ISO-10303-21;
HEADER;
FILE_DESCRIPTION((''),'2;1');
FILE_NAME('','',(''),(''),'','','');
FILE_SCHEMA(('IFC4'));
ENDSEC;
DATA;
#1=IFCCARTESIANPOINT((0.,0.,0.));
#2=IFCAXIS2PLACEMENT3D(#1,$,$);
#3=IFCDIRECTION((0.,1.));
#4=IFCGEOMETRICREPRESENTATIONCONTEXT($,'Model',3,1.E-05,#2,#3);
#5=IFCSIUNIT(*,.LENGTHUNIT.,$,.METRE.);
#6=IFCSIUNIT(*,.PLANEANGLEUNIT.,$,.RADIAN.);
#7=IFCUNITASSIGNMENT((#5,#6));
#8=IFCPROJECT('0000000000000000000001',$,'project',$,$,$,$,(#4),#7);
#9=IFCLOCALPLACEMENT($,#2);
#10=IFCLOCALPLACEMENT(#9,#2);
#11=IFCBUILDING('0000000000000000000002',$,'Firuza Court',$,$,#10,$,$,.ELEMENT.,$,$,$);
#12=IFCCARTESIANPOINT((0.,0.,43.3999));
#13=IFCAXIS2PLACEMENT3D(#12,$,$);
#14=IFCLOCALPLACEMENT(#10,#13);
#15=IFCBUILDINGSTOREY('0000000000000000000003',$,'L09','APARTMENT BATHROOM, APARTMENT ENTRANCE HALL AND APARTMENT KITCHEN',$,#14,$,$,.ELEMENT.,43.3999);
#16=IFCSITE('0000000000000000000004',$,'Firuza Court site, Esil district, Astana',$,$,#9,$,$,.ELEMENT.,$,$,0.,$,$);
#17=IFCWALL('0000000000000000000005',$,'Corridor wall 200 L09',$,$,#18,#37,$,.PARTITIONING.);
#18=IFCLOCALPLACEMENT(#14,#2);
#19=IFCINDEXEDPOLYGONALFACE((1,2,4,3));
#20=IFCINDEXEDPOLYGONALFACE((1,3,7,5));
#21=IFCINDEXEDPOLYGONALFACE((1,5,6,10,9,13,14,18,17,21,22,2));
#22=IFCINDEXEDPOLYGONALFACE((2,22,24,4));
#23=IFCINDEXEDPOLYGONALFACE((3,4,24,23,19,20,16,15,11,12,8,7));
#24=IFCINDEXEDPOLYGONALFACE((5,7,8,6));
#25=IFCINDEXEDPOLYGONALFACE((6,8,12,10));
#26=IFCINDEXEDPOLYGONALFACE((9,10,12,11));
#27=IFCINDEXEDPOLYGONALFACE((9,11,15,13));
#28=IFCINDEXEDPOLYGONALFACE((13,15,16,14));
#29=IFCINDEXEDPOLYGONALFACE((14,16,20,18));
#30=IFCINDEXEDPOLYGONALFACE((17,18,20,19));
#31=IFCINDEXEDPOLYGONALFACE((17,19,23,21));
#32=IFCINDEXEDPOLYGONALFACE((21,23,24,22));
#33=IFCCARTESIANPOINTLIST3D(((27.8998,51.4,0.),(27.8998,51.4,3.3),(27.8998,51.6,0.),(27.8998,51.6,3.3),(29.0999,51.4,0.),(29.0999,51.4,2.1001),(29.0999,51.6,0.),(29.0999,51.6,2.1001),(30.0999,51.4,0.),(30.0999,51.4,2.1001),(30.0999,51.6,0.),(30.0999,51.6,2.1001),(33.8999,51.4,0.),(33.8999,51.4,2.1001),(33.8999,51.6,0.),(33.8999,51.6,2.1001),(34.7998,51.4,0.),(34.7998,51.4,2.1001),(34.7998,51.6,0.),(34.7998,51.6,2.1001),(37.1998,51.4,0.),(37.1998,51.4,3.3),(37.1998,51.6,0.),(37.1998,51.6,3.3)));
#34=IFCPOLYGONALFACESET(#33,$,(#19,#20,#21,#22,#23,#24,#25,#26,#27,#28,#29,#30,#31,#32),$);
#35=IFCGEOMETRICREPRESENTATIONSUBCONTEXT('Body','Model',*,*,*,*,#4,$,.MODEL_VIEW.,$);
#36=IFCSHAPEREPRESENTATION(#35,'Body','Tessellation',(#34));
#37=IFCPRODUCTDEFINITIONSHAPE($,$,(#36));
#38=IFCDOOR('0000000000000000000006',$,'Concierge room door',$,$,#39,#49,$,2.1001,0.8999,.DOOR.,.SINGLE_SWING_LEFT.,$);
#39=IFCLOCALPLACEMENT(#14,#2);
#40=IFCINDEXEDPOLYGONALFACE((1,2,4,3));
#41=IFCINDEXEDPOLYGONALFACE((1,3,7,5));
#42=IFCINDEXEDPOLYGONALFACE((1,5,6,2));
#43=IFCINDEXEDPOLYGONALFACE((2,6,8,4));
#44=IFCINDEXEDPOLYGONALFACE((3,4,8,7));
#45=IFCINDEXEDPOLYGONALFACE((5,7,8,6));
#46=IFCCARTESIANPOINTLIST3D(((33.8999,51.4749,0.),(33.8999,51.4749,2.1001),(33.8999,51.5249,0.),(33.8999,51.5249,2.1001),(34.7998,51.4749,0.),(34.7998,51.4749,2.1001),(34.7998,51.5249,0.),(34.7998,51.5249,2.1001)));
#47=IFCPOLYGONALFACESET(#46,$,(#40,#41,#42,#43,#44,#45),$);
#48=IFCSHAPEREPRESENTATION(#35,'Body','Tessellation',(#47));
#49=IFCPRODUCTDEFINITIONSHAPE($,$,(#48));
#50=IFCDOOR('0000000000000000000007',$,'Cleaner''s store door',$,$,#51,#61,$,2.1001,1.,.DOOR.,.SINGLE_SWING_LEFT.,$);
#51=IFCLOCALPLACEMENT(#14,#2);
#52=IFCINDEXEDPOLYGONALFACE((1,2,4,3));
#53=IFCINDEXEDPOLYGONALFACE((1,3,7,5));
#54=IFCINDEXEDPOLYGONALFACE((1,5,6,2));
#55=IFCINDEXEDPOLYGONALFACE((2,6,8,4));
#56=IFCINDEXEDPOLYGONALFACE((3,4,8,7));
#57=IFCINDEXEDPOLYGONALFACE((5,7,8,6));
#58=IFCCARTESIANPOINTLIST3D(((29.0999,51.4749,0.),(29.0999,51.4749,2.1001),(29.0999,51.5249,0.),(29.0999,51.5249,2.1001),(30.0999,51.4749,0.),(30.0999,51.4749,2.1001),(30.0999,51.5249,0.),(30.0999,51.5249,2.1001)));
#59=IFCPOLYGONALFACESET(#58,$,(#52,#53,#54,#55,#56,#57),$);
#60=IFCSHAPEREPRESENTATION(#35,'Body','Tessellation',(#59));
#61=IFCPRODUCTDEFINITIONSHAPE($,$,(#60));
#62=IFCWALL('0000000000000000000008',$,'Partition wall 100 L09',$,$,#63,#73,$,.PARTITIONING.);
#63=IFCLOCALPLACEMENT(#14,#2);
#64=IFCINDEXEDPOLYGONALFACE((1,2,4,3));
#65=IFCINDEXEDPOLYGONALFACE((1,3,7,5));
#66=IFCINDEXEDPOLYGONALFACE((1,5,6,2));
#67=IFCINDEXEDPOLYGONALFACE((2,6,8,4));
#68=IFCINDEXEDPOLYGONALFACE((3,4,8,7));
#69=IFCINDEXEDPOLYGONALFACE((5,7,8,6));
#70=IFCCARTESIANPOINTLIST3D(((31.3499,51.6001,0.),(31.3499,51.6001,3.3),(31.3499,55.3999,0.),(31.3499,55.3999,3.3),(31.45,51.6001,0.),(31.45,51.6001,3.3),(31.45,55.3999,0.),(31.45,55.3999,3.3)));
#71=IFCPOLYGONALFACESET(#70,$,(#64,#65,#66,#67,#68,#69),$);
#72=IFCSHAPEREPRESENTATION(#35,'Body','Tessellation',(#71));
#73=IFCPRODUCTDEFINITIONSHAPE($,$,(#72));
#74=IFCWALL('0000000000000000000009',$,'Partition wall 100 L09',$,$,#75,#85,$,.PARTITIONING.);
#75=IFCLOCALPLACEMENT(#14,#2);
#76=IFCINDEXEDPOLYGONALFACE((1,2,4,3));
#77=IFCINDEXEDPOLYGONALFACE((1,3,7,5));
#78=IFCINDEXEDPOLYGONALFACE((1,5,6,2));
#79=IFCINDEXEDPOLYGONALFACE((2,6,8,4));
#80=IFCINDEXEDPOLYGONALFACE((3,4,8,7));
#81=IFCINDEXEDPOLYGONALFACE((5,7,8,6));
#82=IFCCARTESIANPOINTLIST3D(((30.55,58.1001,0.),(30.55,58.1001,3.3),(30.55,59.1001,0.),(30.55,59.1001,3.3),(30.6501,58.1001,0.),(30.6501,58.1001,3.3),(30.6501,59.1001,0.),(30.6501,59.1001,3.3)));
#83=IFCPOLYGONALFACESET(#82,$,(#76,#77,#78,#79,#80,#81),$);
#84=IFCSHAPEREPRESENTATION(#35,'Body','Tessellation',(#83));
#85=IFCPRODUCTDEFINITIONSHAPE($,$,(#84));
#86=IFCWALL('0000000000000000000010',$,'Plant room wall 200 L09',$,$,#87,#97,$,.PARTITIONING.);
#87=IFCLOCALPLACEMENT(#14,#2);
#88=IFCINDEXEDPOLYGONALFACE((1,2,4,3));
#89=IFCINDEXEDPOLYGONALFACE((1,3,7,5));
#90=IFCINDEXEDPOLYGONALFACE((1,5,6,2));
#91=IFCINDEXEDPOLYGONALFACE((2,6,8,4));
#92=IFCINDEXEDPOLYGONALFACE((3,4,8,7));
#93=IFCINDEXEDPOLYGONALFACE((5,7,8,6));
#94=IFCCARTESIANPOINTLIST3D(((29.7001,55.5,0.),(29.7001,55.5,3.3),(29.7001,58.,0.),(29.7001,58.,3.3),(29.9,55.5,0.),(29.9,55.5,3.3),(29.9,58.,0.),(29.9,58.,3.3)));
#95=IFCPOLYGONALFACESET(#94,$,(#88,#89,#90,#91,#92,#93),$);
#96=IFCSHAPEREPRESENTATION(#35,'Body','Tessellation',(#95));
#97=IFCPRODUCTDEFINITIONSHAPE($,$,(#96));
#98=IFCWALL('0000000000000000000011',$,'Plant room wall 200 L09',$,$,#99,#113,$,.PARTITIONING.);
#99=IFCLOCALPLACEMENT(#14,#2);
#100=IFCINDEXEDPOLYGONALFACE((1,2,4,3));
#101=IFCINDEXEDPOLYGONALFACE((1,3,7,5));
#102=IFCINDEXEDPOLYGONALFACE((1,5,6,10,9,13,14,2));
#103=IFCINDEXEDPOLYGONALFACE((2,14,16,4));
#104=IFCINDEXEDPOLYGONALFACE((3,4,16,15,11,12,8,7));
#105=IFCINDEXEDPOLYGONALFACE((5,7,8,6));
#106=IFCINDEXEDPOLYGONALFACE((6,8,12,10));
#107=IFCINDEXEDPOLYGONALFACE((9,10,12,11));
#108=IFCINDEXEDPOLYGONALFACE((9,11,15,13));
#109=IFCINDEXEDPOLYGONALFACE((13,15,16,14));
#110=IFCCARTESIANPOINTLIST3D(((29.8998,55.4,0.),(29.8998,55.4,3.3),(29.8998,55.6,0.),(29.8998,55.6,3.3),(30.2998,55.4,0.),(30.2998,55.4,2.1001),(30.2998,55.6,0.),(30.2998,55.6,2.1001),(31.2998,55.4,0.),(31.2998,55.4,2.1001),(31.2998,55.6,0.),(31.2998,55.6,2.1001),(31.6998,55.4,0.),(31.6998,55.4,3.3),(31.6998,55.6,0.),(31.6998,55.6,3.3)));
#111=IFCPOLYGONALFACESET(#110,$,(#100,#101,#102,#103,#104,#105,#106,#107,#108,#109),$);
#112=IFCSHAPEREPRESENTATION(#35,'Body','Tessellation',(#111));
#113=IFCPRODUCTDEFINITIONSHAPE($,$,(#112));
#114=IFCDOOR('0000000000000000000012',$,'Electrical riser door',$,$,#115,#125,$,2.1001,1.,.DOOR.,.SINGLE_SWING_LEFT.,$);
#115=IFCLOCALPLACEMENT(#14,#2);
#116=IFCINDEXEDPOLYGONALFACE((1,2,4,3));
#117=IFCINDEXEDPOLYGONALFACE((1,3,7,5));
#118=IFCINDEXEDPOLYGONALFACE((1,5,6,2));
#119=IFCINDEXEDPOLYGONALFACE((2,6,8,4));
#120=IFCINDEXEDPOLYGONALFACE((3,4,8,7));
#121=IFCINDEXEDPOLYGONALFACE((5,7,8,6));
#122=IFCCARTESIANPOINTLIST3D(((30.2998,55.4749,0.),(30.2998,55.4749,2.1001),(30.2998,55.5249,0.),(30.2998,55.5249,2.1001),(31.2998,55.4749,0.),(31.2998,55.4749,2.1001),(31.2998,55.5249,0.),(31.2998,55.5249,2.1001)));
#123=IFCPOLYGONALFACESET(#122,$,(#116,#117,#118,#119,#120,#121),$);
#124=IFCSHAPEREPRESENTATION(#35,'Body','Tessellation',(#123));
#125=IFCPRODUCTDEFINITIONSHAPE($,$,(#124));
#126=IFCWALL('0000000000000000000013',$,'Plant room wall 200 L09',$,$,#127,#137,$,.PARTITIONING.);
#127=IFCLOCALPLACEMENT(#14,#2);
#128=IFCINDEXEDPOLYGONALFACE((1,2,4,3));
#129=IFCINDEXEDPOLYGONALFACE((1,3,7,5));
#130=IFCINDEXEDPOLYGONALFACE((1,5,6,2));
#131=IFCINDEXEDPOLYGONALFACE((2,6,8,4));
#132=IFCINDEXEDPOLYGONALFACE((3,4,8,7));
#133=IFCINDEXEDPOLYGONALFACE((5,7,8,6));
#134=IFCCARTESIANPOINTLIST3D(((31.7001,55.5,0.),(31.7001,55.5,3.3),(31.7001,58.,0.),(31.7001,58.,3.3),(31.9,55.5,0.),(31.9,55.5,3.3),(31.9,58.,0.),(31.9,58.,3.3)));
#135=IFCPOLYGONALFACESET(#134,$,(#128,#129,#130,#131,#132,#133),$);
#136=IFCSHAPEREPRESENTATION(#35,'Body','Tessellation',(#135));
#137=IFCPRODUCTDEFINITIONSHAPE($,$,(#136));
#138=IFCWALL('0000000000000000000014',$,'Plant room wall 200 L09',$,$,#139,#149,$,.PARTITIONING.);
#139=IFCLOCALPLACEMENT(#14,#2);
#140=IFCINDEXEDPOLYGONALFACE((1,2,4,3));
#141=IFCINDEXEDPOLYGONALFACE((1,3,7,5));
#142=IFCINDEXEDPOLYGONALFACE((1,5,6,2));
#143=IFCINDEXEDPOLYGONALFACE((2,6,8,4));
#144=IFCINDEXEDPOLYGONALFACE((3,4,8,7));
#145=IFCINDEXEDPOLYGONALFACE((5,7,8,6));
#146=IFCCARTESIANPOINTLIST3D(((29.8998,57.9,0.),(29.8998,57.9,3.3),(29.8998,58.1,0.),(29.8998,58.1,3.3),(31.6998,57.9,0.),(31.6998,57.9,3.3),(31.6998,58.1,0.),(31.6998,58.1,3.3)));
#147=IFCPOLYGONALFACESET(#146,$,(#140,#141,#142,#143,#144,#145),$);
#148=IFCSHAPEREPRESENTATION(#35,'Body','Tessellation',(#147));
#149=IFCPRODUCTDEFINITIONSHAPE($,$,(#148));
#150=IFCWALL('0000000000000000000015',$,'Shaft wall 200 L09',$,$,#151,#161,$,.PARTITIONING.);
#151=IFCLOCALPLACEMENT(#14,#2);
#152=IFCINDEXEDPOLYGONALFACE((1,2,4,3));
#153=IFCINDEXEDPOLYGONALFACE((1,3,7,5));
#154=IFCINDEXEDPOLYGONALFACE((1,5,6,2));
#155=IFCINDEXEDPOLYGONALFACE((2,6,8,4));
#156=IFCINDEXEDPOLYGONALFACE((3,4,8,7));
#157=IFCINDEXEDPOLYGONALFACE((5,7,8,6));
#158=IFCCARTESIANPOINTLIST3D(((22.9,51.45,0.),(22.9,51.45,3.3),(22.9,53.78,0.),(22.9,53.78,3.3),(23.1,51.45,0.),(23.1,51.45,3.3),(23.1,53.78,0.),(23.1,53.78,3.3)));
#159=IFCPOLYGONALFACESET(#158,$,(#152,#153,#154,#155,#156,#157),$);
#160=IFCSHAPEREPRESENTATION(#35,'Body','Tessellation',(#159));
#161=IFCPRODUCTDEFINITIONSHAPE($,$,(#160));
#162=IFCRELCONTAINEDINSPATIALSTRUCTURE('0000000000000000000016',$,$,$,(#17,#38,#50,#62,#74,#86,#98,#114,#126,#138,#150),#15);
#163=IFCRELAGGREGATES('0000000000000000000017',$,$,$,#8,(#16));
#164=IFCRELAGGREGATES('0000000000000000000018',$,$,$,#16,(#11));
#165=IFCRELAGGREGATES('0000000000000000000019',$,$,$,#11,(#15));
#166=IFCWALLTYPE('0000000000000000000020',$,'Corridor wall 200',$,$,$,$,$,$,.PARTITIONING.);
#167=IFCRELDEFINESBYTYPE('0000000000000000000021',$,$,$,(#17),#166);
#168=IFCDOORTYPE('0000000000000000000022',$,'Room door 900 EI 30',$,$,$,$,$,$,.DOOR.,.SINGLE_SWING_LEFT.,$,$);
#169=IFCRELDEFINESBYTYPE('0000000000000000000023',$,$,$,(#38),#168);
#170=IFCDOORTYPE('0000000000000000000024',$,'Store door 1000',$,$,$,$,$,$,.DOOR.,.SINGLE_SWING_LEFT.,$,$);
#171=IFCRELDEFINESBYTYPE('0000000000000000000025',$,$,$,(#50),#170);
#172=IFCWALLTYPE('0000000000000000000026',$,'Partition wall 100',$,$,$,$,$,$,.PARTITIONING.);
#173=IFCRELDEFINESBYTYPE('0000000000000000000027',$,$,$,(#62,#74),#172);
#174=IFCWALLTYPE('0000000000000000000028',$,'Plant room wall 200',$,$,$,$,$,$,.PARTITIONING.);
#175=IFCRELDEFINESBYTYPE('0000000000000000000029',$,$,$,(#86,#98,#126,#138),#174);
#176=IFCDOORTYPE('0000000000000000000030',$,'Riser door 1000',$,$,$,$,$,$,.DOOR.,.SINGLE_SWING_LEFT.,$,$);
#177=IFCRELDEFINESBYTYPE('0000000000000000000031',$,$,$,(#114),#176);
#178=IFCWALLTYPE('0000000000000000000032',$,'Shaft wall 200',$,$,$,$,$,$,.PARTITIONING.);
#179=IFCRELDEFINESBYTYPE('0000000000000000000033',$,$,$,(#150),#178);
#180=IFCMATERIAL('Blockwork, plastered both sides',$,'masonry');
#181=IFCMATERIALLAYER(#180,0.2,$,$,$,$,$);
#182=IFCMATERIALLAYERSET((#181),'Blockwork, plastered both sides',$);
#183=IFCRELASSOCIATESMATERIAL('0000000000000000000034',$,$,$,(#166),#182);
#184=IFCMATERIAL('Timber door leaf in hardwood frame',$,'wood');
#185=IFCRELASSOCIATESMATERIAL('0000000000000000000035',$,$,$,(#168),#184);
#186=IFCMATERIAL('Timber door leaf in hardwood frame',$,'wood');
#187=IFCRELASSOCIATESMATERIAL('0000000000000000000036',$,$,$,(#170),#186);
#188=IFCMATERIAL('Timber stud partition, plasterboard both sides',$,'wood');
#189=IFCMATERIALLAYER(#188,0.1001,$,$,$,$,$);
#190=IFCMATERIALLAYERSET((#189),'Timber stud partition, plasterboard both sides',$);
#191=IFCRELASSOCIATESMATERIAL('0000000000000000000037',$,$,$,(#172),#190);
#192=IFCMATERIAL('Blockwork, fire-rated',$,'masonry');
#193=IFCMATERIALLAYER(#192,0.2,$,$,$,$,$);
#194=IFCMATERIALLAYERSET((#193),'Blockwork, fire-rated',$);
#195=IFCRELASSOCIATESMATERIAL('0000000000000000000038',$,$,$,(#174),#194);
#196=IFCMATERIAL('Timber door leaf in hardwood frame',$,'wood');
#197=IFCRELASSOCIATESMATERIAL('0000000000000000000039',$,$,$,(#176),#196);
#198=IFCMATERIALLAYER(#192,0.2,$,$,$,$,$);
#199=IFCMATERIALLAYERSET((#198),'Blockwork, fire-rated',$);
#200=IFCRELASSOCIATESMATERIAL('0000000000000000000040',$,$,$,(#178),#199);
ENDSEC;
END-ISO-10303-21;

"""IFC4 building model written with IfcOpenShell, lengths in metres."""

from ifc_helpers import new_model, si_unit, direction, frame, frame_2d, origin, place, context, subcontext, project, spatial, rectangle, extrude, material, layer, layer_set, type_object, element, fill, save


model = new_model("IFC4")

# Units and contexts
model_context = context("Model", 3, precision=1e-05, world=origin(), true_north=direction((0.0, 1.0)))
body_context = subcontext(model_context, "Body", "Model", "MODEL_VIEW")
ifc_project = project(units=[si_unit("LENGTHUNIT", "METRE"), si_unit("PLANEANGLEUNIT", "RADIAN")], contexts=[model_context])

# Site, building, storey
site_placement = place(None, origin())
site = spatial("IfcSite", under=ifc_project, at=site_placement, Name="Firuza Court site, Esil district, Astana", CompositionType="ELEMENT", RefElevation=0.0)
building_placement = place(site_placement, origin())
building = spatial("IfcBuilding", under=site, at=building_placement, Name="Firuza Court", CompositionType="ELEMENT")
storey_placement = place(building_placement, frame((0.0, 0.0, 43.3999)))
storey = spatial("IfcBuildingStorey", under=building, at=storey_placement, Name="L09", Description="APARTMENT BATHROOM, APARTMENT ENTRANCE HALL AND APARTMENT KITCHEN", CompositionType="ELEMENT", Elevation=43.3999)

# Wall, openings, doors
ifc_material_1 = material(Name="Blockwork, plastered both sides", Category="masonry")
ifc_layer_1 = layer(ifc_material_1, 0.2)
ifc_layer_set_1 = layer_set([ifc_layer_1], Name="Blockwork, plastered both sides")
wall_type_1 = type_object("IfcWallType", Name="Corridor wall 200", PredefinedType="PARTITIONING", material=ifc_layer_set_1)
wall_1_placement = place(storey_placement, frame((27.8999, 51.5, 0.0), z_axis=(0.0, 0.0, 1.0), x_axis=(1.0, 0.0, 0.0)))
wall_1 = element("IfcWall", 1, at=wall_1_placement, inside=storey, type_object=wall_type_1, Name="Corridor wall 200 L09", PredefinedType="PARTITIONING", context=body_context, shape_type="SweptSolid", body=[
    extrude(rectangle(XDim=9.3, YDim=0.2, at=frame_2d((4.6499, 0.0))), origin(), (0.0, 0.0, 1.0), 3.3),
])
opening_1_placement = place(wall_1_placement, frame((1.2, 0.0, 0.0)))
opening_1 = element("IfcOpeningElement", 2, at=opening_1_placement, cuts=wall_1, PredefinedType="OPENING", context=body_context, shape_type="SweptSolid", body=[
    extrude(rectangle(XDim=1.0, YDim=2.1001, at=frame_2d((0.5, 1.05))), frame((0.0, 0.1118, 0.0), z_axis=(0.0, -1.0, 0.0), x_axis=(1.0, 0.0, 0.0)), (0.0, 0.0, 1.0), 0.2239),
])
opening_2_placement = place(wall_1_placement, frame((6.0, 0.0, 0.0)))
opening_2 = element("IfcOpeningElement", 3, at=opening_2_placement, cuts=wall_1, PredefinedType="OPENING", context=body_context, shape_type="SweptSolid", body=[
    extrude(rectangle(XDim=0.8999, YDim=2.1001, at=frame_2d((0.45, 1.05))), frame((0.0, 0.1118, 0.0), z_axis=(0.0, -1.0, 0.0), x_axis=(1.0, 0.0, 0.0)), (0.0, 0.0, 1.0), 0.2239),
])
ifc_material_2 = material(Name="Timber door leaf in hardwood frame", Category="wood")
door_type_1 = type_object("IfcDoorType", Name="Room door 900 EI 30", OperationType="SINGLE_SWING_LEFT", PredefinedType="DOOR", material=ifc_material_2)
door_1_placement = place(opening_2_placement, origin())
door_1 = element("IfcDoor", 4, at=door_1_placement, inside=storey, type_object=door_type_1, Name="Concierge room door", OperationType="SINGLE_SWING_LEFT", OverallHeight=2.1001, OverallWidth=0.8999, PredefinedType="DOOR", context=body_context, shape_type="SweptSolid", body=[
    extrude(rectangle(XDim=0.8999, YDim=2.1001, at=frame_2d((0.45, 1.05))), frame((0.0, 0.0249, 0.0), z_axis=(0.0, -1.0, 0.0), x_axis=(1.0, 0.0, 0.0)), (0.0, 0.0, 1.0), 0.05),
])
fill(opening_2, door_1)
ifc_material_3 = material(Name="Timber door leaf in hardwood frame", Category="wood")
door_type_2 = type_object("IfcDoorType", Name="Store door 1000", OperationType="SINGLE_SWING_LEFT", PredefinedType="DOOR", material=ifc_material_3)
door_2_placement = place(opening_1_placement, origin())
door_2 = element("IfcDoor", 5, at=door_2_placement, inside=storey, type_object=door_type_2, Name="Cleaner's store door", OperationType="SINGLE_SWING_LEFT", OverallHeight=2.1001, OverallWidth=1.0, PredefinedType="DOOR", context=body_context, shape_type="SweptSolid", body=[
    extrude(rectangle(XDim=1.0, YDim=2.1001, at=frame_2d((0.5, 1.05))), frame((0.0, 0.0249, 0.0), z_axis=(0.0, -1.0, 0.0), x_axis=(1.0, 0.0, 0.0)), (0.0, 0.0, 1.0), 0.05),
])
fill(opening_1, door_2)

# Walls
ifc_material_4 = material(Name="Timber stud partition, plasterboard both sides", Category="wood")
ifc_layer_2 = layer(ifc_material_4, 0.1001)
ifc_layer_set_2 = layer_set([ifc_layer_2], Name="Timber stud partition, plasterboard both sides")
wall_type_2 = type_object("IfcWallType", Name="Partition wall 100", PredefinedType="PARTITIONING", material=ifc_layer_set_2)
wall_2_placement = place(storey_placement, frame((31.3999, 51.6001, 0.0), z_axis=(0.0, 0.0, 1.0), x_axis=(0.0, 1.0, 0.0)))
element("IfcWall", 6, at=wall_2_placement, inside=storey, type_object=wall_type_2, Name="Partition wall 100 L09", PredefinedType="PARTITIONING", context=body_context, shape_type="SweptSolid", body=[
    extrude(rectangle(XDim=3.7998, YDim=0.1001, at=frame_2d((1.8999, 0.0))), origin(), (0.0, 0.0, 1.0), 3.3),
])
wall_3_placement = place(storey_placement, frame((30.6001, 58.1001, 0.0), z_axis=(0.0, 0.0, 1.0), x_axis=(0.0, 1.0, 0.0)))
element("IfcWall", 7, at=wall_3_placement, inside=storey, type_object=wall_type_2, Name="Partition wall 100 L09", PredefinedType="PARTITIONING", context=body_context, shape_type="SweptSolid", body=[
    extrude(rectangle(XDim=1.0, YDim=0.1001, at=frame_2d((0.5, 0.0))), origin(), (0.0, 0.0, 1.0), 3.3),
])
ifc_material_5 = material(Name="Blockwork, fire-rated", Category="masonry")
ifc_layer_3 = layer(ifc_material_5, 0.2)
ifc_layer_set_3 = layer_set([ifc_layer_3], Name="Blockwork, fire-rated")
wall_type_3 = type_object("IfcWallType", Name="Plant room wall 200", PredefinedType="PARTITIONING", material=ifc_layer_set_3)
wall_4_placement = place(storey_placement, frame((29.8, 55.5, 0.0), z_axis=(0.0, 0.0, 1.0), x_axis=(0.0, 1.0, 0.0)))
element("IfcWall", 8, at=wall_4_placement, inside=storey, type_object=wall_type_3, Name="Plant room wall 200 L09", PredefinedType="PARTITIONING", context=body_context, shape_type="SweptSolid", body=[
    extrude(rectangle(XDim=2.5, YDim=0.2, at=frame_2d((1.25, 0.0))), origin(), (0.0, 0.0, 1.0), 3.3),
])

# Wall, opening, door
wall_5_placement = place(storey_placement, frame((29.8999, 55.5, 0.0), z_axis=(0.0, 0.0, 1.0), x_axis=(1.0, 0.0, 0.0)))
wall_5 = element("IfcWall", 9, at=wall_5_placement, inside=storey, type_object=wall_type_3, Name="Plant room wall 200 L09", PredefinedType="PARTITIONING", context=body_context, shape_type="SweptSolid", body=[
    extrude(rectangle(XDim=1.8, YDim=0.2, at=frame_2d((0.8999, 0.0))), origin(), (0.0, 0.0, 1.0), 3.3),
])
opening_3_placement = place(wall_5_placement, frame((0.3999, 0.0, 0.0)))
opening_3 = element("IfcOpeningElement", 10, at=opening_3_placement, cuts=wall_5, PredefinedType="OPENING", context=body_context, shape_type="SweptSolid", body=[
    extrude(rectangle(XDim=1.0, YDim=2.1001, at=frame_2d((0.5, 1.05))), frame((0.0, 0.1118, 0.0), z_axis=(0.0, -1.0, 0.0), x_axis=(1.0, 0.0, 0.0)), (0.0, 0.0, 1.0), 0.2239),
])
ifc_material_6 = material(Name="Timber door leaf in hardwood frame", Category="wood")
door_type_3 = type_object("IfcDoorType", Name="Riser door 1000", OperationType="SINGLE_SWING_LEFT", PredefinedType="DOOR", material=ifc_material_6)
door_3_placement = place(opening_3_placement, origin())
door_3 = element("IfcDoor", 11, at=door_3_placement, inside=storey, type_object=door_type_3, Name="Electrical riser door", OperationType="SINGLE_SWING_LEFT", OverallHeight=2.1001, OverallWidth=1.0, PredefinedType="DOOR", context=body_context, shape_type="SweptSolid", body=[
    extrude(rectangle(XDim=1.0, YDim=2.1001, at=frame_2d((0.5, 1.05))), frame((0.0, 0.0249, 0.0), z_axis=(0.0, -1.0, 0.0), x_axis=(1.0, 0.0, 0.0)), (0.0, 0.0, 1.0), 0.05),
])
fill(opening_3, door_3)

# Walls
wall_6_placement = place(storey_placement, frame((31.8, 55.5, 0.0), z_axis=(0.0, 0.0, 1.0), x_axis=(0.0, 1.0, 0.0)))
element("IfcWall", 12, at=wall_6_placement, inside=storey, type_object=wall_type_3, Name="Plant room wall 200 L09", PredefinedType="PARTITIONING", context=body_context, shape_type="SweptSolid", body=[
    extrude(rectangle(XDim=2.5, YDim=0.2, at=frame_2d((1.25, 0.0))), origin(), (0.0, 0.0, 1.0), 3.3),
])
wall_7_placement = place(storey_placement, frame((29.8999, 58.0, 0.0), z_axis=(0.0, 0.0, 1.0), x_axis=(1.0, 0.0, 0.0)))
element("IfcWall", 13, at=wall_7_placement, inside=storey, type_object=wall_type_3, Name="Plant room wall 200 L09", PredefinedType="PARTITIONING", context=body_context, shape_type="SweptSolid", body=[
    extrude(rectangle(XDim=1.8, YDim=0.2, at=frame_2d((0.8999, 0.0))), origin(), (0.0, 0.0, 1.0), 3.3),
])
ifc_layer_4 = layer(ifc_material_5, 0.2)
ifc_layer_set_4 = layer_set([ifc_layer_4], Name="Blockwork, fire-rated")
wall_type_4 = type_object("IfcWallType", Name="Shaft wall 200", PredefinedType="PARTITIONING", material=ifc_layer_set_4)
wall_8_placement = place(storey_placement, frame((23.0, 51.45, 0.0), z_axis=(0.0, 0.0, 1.0), x_axis=(0.0, 1.0, 0.0)))
element("IfcWall", 14, at=wall_8_placement, inside=storey, type_object=wall_type_4, Name="Shaft wall 200 L09", PredefinedType="PARTITIONING", context=body_context, shape_type="SweptSolid", body=[
    extrude(rectangle(XDim=2.3301, YDim=0.2, at=frame_2d((1.165, 0.0))), origin(), (0.0, 0.0, 1.0), 3.3),
])

save(model, "model.ifc")
